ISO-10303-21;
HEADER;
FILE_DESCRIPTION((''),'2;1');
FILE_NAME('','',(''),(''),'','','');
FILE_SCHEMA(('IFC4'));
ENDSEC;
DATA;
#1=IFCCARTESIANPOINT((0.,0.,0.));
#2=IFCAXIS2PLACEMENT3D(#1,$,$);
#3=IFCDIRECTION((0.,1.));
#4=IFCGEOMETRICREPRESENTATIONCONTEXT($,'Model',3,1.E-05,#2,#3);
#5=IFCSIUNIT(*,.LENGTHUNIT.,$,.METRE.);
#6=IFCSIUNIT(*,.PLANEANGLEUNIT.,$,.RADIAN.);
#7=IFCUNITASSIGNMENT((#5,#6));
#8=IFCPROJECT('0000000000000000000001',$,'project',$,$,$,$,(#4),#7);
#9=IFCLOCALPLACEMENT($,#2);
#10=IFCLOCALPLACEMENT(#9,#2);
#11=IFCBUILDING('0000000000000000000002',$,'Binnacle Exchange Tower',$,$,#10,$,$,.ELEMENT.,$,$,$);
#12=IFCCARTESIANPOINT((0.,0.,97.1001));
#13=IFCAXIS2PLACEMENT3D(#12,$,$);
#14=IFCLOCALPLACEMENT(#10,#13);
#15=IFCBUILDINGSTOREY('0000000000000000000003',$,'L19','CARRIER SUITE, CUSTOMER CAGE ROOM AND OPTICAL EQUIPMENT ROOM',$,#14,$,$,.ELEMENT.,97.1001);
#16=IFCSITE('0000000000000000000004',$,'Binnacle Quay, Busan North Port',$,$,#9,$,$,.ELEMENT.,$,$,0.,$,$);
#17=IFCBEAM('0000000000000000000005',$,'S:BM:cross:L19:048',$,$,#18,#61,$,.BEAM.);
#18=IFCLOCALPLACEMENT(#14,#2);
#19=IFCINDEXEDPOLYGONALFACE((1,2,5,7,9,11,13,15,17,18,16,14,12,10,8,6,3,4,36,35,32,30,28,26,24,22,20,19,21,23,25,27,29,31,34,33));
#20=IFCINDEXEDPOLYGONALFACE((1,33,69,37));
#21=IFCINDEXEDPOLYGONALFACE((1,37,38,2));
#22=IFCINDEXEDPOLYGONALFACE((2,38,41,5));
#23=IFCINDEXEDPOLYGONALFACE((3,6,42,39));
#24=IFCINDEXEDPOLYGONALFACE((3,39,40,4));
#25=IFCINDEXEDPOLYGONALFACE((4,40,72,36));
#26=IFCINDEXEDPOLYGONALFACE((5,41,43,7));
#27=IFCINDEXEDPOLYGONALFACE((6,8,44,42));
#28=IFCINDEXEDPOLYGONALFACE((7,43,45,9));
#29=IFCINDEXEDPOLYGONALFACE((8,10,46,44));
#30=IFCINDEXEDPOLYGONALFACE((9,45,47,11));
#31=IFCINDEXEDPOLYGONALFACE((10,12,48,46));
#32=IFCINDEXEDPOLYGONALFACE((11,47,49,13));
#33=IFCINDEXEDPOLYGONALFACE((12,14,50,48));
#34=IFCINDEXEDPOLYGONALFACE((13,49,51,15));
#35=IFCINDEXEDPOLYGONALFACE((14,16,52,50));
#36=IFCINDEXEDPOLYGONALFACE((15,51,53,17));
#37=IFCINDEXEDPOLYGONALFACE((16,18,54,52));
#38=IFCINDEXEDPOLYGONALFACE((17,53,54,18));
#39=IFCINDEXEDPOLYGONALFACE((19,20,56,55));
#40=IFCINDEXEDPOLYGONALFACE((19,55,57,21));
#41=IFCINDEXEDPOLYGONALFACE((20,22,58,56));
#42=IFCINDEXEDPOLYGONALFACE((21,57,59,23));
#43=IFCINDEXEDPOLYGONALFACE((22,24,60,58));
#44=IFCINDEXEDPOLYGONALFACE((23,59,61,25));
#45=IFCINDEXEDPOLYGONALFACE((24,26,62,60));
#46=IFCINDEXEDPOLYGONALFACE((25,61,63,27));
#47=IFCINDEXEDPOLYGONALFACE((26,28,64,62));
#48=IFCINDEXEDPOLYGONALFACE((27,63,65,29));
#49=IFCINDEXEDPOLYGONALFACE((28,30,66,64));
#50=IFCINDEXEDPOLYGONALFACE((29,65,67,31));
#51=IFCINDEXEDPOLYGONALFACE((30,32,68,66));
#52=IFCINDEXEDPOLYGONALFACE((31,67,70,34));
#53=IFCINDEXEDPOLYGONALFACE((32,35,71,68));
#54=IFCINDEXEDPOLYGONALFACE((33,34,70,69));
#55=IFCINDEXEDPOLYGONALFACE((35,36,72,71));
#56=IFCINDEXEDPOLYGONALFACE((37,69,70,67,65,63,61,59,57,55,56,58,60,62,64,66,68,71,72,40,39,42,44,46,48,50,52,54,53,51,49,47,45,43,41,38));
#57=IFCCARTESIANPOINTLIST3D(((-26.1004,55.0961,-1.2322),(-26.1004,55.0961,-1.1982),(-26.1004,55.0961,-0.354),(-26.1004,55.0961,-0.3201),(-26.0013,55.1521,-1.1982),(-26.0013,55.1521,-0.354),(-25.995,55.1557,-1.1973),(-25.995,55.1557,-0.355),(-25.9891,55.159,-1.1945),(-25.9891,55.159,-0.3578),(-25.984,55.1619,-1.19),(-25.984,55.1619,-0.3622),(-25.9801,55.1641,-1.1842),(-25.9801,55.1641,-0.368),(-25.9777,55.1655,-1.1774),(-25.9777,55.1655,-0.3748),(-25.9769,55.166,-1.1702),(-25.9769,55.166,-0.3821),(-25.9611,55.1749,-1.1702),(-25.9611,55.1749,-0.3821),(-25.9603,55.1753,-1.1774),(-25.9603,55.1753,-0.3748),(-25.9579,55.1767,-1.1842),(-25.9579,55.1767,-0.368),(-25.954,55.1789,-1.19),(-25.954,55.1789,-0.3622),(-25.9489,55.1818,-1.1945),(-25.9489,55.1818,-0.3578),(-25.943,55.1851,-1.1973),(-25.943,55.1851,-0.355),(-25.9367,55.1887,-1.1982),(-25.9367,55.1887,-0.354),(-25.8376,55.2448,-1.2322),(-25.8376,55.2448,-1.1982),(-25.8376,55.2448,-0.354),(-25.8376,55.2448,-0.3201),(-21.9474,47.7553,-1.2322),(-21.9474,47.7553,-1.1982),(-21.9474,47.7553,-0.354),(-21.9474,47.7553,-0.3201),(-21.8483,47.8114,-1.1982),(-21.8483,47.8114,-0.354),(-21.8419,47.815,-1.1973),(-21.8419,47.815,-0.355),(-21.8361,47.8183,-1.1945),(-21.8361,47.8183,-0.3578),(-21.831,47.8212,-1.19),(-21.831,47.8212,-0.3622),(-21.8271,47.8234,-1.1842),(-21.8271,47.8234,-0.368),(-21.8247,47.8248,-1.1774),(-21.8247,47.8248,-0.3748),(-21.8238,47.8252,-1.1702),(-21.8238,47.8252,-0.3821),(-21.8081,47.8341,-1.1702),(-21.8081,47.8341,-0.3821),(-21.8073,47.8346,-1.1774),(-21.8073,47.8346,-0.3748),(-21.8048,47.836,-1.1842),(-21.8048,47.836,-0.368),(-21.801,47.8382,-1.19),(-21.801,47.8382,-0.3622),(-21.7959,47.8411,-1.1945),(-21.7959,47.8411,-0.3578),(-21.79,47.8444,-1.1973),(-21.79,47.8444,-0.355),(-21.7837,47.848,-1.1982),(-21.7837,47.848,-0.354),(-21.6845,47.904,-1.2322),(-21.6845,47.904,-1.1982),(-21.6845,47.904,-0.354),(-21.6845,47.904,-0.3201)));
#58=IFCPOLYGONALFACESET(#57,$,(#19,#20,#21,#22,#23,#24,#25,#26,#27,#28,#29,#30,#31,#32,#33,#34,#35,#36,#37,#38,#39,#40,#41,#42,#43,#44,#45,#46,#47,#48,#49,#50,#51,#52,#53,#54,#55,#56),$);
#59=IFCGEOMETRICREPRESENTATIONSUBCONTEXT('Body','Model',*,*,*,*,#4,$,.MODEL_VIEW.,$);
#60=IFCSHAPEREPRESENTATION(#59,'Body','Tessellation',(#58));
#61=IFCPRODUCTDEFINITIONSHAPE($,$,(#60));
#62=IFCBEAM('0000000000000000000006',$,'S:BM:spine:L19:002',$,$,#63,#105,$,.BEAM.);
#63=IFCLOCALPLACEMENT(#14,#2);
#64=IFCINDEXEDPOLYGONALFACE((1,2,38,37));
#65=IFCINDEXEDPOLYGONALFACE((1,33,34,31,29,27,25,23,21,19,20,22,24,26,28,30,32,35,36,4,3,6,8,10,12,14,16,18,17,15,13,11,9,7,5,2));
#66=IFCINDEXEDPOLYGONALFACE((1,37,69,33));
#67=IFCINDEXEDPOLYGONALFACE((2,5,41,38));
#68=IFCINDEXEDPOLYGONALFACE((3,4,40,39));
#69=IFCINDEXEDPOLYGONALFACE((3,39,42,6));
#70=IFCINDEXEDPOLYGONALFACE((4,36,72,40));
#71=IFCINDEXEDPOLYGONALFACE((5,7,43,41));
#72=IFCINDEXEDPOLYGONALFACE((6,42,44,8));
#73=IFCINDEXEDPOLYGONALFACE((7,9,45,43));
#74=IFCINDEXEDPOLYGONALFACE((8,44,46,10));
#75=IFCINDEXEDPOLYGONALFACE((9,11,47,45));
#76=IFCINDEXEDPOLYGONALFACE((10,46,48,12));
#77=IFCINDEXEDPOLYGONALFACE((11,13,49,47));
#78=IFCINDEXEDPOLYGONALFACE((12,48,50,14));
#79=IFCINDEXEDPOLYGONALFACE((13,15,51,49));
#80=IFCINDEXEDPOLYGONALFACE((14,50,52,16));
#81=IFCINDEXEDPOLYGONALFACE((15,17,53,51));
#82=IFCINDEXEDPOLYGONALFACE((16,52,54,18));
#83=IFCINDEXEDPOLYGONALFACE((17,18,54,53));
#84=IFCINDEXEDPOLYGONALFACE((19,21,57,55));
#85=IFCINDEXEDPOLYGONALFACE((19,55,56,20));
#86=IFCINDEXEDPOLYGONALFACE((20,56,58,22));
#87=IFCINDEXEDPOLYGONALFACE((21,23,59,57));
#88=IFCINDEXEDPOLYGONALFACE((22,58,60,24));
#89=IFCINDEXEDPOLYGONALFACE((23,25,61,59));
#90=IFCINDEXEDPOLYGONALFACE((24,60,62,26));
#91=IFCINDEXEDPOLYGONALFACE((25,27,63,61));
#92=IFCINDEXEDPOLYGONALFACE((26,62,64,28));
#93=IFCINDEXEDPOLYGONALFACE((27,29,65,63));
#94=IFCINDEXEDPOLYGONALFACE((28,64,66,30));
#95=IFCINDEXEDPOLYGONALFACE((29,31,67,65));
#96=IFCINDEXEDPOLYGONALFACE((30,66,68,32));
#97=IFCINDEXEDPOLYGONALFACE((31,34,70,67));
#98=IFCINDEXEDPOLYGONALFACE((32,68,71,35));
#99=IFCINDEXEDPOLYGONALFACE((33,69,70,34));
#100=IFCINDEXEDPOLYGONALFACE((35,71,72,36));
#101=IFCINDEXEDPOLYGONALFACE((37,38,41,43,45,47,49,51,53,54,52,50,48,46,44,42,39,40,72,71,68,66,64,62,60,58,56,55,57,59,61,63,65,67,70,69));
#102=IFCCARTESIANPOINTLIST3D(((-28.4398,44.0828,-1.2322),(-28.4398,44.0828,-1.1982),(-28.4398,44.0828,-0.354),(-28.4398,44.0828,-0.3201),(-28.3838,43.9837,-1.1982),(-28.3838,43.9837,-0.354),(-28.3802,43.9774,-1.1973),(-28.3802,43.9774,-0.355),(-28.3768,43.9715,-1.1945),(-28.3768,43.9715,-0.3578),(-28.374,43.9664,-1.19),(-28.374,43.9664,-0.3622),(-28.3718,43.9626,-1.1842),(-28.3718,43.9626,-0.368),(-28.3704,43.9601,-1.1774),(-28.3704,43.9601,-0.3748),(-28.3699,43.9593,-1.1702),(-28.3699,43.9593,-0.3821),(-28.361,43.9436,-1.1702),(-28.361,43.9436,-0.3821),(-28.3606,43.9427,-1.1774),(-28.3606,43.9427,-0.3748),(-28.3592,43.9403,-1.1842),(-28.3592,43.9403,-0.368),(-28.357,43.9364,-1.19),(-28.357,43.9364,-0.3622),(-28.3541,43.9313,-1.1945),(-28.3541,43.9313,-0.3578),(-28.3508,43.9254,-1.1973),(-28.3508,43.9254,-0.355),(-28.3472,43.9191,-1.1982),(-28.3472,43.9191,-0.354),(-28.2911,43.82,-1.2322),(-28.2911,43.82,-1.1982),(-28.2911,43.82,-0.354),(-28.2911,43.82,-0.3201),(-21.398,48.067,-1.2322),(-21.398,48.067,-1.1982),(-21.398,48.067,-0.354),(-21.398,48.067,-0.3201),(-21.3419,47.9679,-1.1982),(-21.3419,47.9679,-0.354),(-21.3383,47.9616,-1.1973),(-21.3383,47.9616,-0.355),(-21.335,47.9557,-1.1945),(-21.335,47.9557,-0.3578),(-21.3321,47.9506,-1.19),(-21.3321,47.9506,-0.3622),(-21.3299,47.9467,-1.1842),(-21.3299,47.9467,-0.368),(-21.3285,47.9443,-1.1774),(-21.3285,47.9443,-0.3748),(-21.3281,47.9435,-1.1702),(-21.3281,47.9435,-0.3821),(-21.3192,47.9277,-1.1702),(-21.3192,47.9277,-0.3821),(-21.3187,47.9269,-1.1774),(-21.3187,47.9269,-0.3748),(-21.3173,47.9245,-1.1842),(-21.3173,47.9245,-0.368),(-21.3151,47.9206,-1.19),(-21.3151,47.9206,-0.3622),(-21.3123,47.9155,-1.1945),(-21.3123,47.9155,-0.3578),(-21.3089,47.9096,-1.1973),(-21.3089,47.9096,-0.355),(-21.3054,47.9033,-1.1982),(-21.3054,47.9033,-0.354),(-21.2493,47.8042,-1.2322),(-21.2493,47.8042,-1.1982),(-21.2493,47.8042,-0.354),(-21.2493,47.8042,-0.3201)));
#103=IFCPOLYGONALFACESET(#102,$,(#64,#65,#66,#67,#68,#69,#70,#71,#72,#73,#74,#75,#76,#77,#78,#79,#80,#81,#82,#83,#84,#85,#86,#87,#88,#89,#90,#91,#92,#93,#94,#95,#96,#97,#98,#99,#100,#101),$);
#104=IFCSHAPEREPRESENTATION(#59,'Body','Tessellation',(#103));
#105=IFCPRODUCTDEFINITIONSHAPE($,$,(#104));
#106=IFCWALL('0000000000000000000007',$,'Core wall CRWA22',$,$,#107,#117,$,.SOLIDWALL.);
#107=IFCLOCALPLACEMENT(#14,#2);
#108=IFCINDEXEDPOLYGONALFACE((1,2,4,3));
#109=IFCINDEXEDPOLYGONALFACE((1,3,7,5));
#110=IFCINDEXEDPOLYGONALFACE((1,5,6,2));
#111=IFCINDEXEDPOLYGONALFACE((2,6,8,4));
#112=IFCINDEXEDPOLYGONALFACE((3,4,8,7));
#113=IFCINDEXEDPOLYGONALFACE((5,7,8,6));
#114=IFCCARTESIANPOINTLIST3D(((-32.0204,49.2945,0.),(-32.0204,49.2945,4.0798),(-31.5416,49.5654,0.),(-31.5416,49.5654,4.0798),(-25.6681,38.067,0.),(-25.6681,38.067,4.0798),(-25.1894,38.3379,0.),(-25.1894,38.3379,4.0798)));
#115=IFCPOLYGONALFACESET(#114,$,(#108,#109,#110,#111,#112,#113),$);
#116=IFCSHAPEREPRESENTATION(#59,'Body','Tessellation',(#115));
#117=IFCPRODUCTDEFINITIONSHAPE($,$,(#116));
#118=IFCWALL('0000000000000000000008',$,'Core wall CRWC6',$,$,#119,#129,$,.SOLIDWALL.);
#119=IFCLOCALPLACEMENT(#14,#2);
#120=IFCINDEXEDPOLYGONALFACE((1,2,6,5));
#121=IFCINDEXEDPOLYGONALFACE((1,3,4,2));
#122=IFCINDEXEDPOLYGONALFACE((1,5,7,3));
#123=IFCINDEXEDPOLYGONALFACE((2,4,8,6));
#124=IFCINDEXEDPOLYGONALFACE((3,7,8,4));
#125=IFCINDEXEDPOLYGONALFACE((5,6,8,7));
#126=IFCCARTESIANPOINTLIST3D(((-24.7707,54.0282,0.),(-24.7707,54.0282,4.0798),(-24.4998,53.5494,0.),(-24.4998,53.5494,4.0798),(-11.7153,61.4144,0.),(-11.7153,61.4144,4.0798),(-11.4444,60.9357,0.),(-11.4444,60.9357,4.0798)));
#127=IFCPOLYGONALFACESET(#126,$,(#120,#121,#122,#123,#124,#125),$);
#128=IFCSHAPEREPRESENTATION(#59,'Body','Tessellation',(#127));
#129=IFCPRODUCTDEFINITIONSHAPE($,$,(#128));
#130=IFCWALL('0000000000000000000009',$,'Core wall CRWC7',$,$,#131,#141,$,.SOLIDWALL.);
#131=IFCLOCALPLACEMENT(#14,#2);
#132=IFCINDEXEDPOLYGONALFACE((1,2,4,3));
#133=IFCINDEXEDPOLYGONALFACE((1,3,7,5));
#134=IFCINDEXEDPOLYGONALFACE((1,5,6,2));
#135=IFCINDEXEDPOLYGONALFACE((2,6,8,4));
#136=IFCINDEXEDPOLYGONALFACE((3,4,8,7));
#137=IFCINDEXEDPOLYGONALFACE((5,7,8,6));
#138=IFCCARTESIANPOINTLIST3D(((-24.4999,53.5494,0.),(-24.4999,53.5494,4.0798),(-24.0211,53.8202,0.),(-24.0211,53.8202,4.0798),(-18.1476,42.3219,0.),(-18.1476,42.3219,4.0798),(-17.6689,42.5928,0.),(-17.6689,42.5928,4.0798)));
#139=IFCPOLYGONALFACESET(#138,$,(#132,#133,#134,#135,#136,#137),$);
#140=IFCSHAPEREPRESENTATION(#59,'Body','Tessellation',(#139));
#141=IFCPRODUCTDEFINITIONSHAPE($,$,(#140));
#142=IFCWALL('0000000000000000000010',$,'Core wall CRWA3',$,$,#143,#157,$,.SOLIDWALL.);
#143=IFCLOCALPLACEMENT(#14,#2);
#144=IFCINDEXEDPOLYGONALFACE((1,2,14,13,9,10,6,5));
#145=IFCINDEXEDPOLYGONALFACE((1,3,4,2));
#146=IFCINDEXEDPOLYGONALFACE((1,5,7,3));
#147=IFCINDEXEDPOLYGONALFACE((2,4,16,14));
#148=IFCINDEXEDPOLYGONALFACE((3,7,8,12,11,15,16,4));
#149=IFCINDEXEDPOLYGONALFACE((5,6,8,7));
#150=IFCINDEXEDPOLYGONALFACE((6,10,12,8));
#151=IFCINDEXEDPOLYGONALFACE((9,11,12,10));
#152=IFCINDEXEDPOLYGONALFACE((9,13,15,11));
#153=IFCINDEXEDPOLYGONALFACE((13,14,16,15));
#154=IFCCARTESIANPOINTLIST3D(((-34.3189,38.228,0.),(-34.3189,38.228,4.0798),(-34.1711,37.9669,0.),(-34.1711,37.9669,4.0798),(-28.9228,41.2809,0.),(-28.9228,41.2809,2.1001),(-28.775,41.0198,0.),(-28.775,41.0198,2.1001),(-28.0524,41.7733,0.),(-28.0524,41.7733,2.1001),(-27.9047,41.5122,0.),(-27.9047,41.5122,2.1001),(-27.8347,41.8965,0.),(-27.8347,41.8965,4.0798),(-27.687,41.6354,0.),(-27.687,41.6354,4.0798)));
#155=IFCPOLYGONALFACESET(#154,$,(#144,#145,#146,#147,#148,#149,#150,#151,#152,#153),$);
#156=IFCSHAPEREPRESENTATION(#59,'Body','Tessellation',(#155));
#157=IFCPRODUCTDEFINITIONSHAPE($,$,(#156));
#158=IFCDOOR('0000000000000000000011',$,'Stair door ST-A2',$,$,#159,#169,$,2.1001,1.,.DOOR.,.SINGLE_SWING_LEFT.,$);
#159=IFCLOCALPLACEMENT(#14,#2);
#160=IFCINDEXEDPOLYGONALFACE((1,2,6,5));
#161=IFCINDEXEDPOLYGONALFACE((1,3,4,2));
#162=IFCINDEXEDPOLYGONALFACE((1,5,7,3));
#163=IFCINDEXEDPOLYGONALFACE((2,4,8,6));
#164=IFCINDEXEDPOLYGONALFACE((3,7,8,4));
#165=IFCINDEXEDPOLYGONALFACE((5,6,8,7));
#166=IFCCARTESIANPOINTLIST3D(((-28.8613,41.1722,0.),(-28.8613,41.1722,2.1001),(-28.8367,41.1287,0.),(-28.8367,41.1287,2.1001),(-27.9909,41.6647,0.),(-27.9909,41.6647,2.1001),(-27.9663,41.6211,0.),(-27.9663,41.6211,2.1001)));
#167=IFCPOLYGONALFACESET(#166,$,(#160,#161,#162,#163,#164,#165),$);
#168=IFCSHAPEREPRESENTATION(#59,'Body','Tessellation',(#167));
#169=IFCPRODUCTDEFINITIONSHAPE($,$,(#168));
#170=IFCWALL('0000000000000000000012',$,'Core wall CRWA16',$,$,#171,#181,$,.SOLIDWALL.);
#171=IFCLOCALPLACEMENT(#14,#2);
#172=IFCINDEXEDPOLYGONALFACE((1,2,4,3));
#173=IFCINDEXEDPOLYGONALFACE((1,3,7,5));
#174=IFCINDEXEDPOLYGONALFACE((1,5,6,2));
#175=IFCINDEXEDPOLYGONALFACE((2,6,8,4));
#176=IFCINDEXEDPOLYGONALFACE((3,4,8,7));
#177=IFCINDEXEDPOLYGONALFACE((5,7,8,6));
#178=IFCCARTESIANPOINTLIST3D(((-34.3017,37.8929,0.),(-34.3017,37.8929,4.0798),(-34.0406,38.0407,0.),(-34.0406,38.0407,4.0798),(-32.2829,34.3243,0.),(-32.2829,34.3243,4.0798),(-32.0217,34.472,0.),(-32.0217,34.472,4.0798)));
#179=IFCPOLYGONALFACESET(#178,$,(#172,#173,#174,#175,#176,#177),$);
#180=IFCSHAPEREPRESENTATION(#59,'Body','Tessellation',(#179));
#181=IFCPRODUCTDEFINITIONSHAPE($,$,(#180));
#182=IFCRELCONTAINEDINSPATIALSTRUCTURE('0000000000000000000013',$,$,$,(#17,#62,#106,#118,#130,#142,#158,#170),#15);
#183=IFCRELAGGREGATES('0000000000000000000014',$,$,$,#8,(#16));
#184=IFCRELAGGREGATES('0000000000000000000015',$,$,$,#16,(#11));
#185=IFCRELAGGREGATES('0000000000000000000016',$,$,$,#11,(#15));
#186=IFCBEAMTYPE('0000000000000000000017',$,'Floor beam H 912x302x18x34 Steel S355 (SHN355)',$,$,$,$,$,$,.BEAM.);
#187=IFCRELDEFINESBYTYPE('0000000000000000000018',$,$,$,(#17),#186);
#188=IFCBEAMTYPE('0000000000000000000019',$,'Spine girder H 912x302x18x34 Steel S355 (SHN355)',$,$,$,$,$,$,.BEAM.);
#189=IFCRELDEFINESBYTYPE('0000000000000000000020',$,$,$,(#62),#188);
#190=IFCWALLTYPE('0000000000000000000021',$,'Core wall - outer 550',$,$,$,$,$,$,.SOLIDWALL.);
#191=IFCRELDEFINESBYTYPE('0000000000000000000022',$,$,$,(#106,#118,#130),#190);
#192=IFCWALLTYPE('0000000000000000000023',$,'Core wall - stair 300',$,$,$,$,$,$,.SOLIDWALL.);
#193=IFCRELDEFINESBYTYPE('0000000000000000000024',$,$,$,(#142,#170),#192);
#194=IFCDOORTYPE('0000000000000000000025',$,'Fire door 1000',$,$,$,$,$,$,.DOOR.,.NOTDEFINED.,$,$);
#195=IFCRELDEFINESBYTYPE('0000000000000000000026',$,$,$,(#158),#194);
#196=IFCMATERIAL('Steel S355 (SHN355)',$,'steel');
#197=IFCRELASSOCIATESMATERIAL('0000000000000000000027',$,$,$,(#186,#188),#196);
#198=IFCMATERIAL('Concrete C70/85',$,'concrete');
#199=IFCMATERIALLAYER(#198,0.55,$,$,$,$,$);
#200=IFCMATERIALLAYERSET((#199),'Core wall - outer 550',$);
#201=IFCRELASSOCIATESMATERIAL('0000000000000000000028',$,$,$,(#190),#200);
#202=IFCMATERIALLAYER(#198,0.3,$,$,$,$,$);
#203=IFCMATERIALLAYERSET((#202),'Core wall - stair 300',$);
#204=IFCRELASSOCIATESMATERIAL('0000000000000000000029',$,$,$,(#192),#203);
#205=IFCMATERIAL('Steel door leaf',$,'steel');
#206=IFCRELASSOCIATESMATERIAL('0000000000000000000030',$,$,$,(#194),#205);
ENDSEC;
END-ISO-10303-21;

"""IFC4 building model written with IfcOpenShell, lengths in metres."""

from ifc_helpers import new_model, si_unit, direction, frame, frame_2d, origin, origin_2d, place, context, subcontext, project, spatial, rectangle, i_section, extrude, material, layer, layer_set, material_profile, profile_set, type_object, element, fill, save


model = new_model("IFC4")

# Units and contexts
model_context = context("Model", 3, precision=1e-05, world=origin(), true_north=direction((0.0, 1.0)))
body_context = subcontext(model_context, "Body", "Model", "MODEL_VIEW")
ifc_project = project(units=[si_unit("LENGTHUNIT", "METRE"), si_unit("PLANEANGLEUNIT", "RADIAN")], contexts=[model_context])

# Site, building, storey
site_placement = place(None, origin())
site = spatial("IfcSite", under=ifc_project, at=site_placement, Name="Binnacle Quay, Busan North Port", CompositionType="ELEMENT", RefElevation=0.0)
building_placement = place(site_placement, origin())
building = spatial("IfcBuilding", under=site, at=building_placement, Name="Binnacle Exchange Tower", CompositionType="ELEMENT")
storey_placement = place(building_placement, frame((0.0, 0.0, 97.1001)))
storey = spatial("IfcBuildingStorey", under=building, at=storey_placement, Name="L19", Description="CARRIER SUITE, CUSTOMER CAGE ROOM AND OPTICAL EQUIPMENT ROOM", CompositionType="ELEMENT", Elevation=97.1001)

# Shared definitions
ifc_material_1 = material(Name="Concrete C70/85", Category="concrete")

# Beams
ifc_material_2 = material(Name="Steel S355 (SHN355)", Category="steel")
ifc_material_profile_1 = material_profile(ifc_material_2, i_section(OverallWidth=0.302, OverallDepth=0.9121, WebThickness=0.0181, FlangeThickness=0.0339, FilletRadius=0.0281, at=origin_2d()), Name="H 912x302x18x34")
ifc_profile_set_1 = profile_set([ifc_material_profile_1], Name="Steel S355 (SHN355)")
beam_type_1 = type_object("IfcBeamType", Name="Floor beam H 912x302x18x34 Steel S355 (SHN355)", PredefinedType="BEAM", material=ifc_profile_set_1)
beam_1_placement = place(storey_placement, frame((-25.969, 55.1704, -0.7761), z_axis=(0.492409, -0.870364, 0.0), x_axis=(0.870364, 0.492409, 0.0)))
element("IfcBeam", 1, at=beam_1_placement, inside=storey, type_object=beam_type_1, Name="S:BM:cross:L19:048", PredefinedType="BEAM", context=body_context, shape_type="SweptSolid", body=[
    extrude(i_section(OverallWidth=0.302, OverallDepth=0.9121, WebThickness=0.0181, FlangeThickness=0.0339, FilletRadius=0.0281, at=origin_2d()), origin(), (0.0, 0.0, 1.0), 8.4341),
])
ifc_material_profile_2 = material_profile(ifc_material_2, i_section(OverallWidth=0.302, OverallDepth=0.9121, WebThickness=0.0181, FlangeThickness=0.0339, FilletRadius=0.0281, at=origin_2d()), Name="H 912x302x18x34")
ifc_profile_set_2 = profile_set([ifc_material_profile_2], Name="Steel S355 (SHN355)")
beam_type_2 = type_object("IfcBeamType", Name="Spine girder H 912x302x18x34 Steel S355 (SHN355)", PredefinedType="BEAM", material=ifc_profile_set_2)
beam_2_placement = place(storey_placement, frame((-28.3655, 43.9514, -0.7761), z_axis=(0.87035, 0.492433, 0.0), x_axis=(-0.492433, 0.87035, 0.0)))
element("IfcBeam", 2, at=beam_2_placement, inside=storey, type_object=beam_type_2, Name="S:BM:spine:L19:002", PredefinedType="BEAM", context=body_context, shape_type="SweptSolid", body=[
    extrude(i_section(OverallWidth=0.302, OverallDepth=0.9121, WebThickness=0.0181, FlangeThickness=0.0339, FilletRadius=0.0281, at=origin_2d()), origin(), (0.0, 0.0, 1.0), 8.0908),
])

# Walls
ifc_layer_1 = layer(ifc_material_1, 0.55)
ifc_layer_set_1 = layer_set([ifc_layer_1], Name="Core wall - outer 550")
wall_type_1 = type_object("IfcWallType", Name="Core wall - outer 550", PredefinedType="SOLIDWALL", material=ifc_layer_set_1)
wall_1_placement = place(storey_placement, frame((-31.781, 49.4299, 0.0), z_axis=(0.0, 0.0, 1.0), x_axis=(0.492427, -0.870354, 0.0)))
element("IfcWall", 3, at=wall_1_placement, inside=storey, type_object=wall_type_1, Name="Core wall CRWA22", PredefinedType="SOLIDWALL", context=body_context, shape_type="SweptSolid", body=[
    extrude(rectangle(XDim=12.8999, YDim=0.55, at=frame_2d((6.45, 0.0))), origin(), (0.0, 0.0, 1.0), 4.0798),
])
wall_2_placement = place(storey_placement, frame((-24.6353, 53.7888, 0.0), z_axis=(0.0, 0.0, 1.0), x_axis=(0.870361, 0.492415, 0.0)))
element("IfcWall", 4, at=wall_2_placement, inside=storey, type_object=wall_type_1, Name="Core wall CRWC6", PredefinedType="SOLIDWALL", context=body_context, shape_type="SweptSolid", body=[
    extrude(rectangle(XDim=15.0, YDim=0.55, at=frame_2d((7.5, 0.0))), origin(), (0.0, 0.0, 1.0), 4.0798),
])
wall_3_placement = place(storey_placement, frame((-24.2605, 53.6848, 0.0), z_axis=(0.0, 0.0, 1.0), x_axis=(0.492427, -0.870354, 0.0)))
element("IfcWall", 5, at=wall_3_placement, inside=storey, type_object=wall_type_1, Name="Core wall CRWC7", PredefinedType="SOLIDWALL", context=body_context, shape_type="SweptSolid", body=[
    extrude(rectangle(XDim=12.8999, YDim=0.55, at=frame_2d((6.45, 0.0))), origin(), (0.0, 0.0, 1.0), 4.0798),
])

# Wall, opening, door
ifc_layer_2 = layer(ifc_material_1, 0.3)
ifc_layer_set_2 = layer_set([ifc_layer_2], Name="Core wall - stair 300")
wall_type_2 = type_object("IfcWallType", Name="Core wall - stair 300", PredefinedType="SOLIDWALL", material=ifc_layer_set_2)
wall_4_placement = place(storey_placement, frame((-34.2451, 38.0974, 0.0), z_axis=(0.0, 0.0, 1.0), x_axis=(0.870361, 0.492415, 0.0)))
wall_4 = element("IfcWall", 6, at=wall_4_placement, inside=storey, type_object=wall_type_2, Name="Core wall CRWA3", PredefinedType="SOLIDWALL", context=body_context, shape_type="SweptSolid", body=[
    extrude(rectangle(XDim=7.45, YDim=0.3, at=frame_2d((3.7251, 0.0))), origin(), (0.0, 0.0, 1.0), 4.0798),
])
opening_1_placement = place(wall_4_placement, frame((6.2, 0.0, 0.0)))
opening_1 = element("IfcOpeningElement", 7, at=opening_1_placement, cuts=wall_4, PredefinedType="OPENING", context=body_context, shape_type="SweptSolid", body=[
    extrude(rectangle(XDim=1.0, YDim=2.1001, at=frame_2d((0.5, 1.05))), frame((0.0, 0.1599, 0.0), z_axis=(0.0, -1.0, 0.0), x_axis=(1.0, 0.0, 0.0)), (0.0, 0.0, 1.0), 0.3201),
])
ifc_material_3 = material(Name="Steel door leaf", Category="steel")
door_type_1 = type_object("IfcDoorType", Name="Fire door 1000", OperationType="NOTDEFINED", PredefinedType="DOOR", material=ifc_material_3)
door_1_placement = place(opening_1_placement, frame((1.0, 0.0, 0.0), z_axis=(0.0, 0.0, 1.0), x_axis=(-1.0, 0.0, 0.0)))
door_1 = element("IfcDoor", 8, at=door_1_placement, inside=storey, type_object=door_type_1, Name="Stair door ST-A2", OperationType="SINGLE_SWING_LEFT", OverallHeight=2.1001, OverallWidth=1.0, PredefinedType="DOOR", context=body_context, shape_type="SweptSolid", body=[
    extrude(rectangle(XDim=1.0, YDim=2.1001, at=frame_2d((0.5, 1.05))), frame((0.0, 0.0249, 0.0), z_axis=(0.0, -1.0, 0.0), x_axis=(1.0, 0.0, 0.0)), (0.0, 0.0, 1.0), 0.05),
])
fill(opening_1, door_1)

# Wall
wall_5_placement = place(storey_placement, frame((-34.1711, 37.9668, 0.0), z_axis=(0.0, 0.0, 1.0), x_axis=(0.492383, -0.870379, 0.0)))
element("IfcWall", 9, at=wall_5_placement, inside=storey, type_object=wall_type_2, Name="Core wall CRWA16", PredefinedType="SOLIDWALL", context=body_context, shape_type="SweptSolid", body=[
    extrude(rectangle(XDim=4.1001, YDim=0.3, at=frame_2d((2.05, 0.0))), origin(), (0.0, 0.0, 1.0), 4.0798),
])

save(model, "model.ifc")
